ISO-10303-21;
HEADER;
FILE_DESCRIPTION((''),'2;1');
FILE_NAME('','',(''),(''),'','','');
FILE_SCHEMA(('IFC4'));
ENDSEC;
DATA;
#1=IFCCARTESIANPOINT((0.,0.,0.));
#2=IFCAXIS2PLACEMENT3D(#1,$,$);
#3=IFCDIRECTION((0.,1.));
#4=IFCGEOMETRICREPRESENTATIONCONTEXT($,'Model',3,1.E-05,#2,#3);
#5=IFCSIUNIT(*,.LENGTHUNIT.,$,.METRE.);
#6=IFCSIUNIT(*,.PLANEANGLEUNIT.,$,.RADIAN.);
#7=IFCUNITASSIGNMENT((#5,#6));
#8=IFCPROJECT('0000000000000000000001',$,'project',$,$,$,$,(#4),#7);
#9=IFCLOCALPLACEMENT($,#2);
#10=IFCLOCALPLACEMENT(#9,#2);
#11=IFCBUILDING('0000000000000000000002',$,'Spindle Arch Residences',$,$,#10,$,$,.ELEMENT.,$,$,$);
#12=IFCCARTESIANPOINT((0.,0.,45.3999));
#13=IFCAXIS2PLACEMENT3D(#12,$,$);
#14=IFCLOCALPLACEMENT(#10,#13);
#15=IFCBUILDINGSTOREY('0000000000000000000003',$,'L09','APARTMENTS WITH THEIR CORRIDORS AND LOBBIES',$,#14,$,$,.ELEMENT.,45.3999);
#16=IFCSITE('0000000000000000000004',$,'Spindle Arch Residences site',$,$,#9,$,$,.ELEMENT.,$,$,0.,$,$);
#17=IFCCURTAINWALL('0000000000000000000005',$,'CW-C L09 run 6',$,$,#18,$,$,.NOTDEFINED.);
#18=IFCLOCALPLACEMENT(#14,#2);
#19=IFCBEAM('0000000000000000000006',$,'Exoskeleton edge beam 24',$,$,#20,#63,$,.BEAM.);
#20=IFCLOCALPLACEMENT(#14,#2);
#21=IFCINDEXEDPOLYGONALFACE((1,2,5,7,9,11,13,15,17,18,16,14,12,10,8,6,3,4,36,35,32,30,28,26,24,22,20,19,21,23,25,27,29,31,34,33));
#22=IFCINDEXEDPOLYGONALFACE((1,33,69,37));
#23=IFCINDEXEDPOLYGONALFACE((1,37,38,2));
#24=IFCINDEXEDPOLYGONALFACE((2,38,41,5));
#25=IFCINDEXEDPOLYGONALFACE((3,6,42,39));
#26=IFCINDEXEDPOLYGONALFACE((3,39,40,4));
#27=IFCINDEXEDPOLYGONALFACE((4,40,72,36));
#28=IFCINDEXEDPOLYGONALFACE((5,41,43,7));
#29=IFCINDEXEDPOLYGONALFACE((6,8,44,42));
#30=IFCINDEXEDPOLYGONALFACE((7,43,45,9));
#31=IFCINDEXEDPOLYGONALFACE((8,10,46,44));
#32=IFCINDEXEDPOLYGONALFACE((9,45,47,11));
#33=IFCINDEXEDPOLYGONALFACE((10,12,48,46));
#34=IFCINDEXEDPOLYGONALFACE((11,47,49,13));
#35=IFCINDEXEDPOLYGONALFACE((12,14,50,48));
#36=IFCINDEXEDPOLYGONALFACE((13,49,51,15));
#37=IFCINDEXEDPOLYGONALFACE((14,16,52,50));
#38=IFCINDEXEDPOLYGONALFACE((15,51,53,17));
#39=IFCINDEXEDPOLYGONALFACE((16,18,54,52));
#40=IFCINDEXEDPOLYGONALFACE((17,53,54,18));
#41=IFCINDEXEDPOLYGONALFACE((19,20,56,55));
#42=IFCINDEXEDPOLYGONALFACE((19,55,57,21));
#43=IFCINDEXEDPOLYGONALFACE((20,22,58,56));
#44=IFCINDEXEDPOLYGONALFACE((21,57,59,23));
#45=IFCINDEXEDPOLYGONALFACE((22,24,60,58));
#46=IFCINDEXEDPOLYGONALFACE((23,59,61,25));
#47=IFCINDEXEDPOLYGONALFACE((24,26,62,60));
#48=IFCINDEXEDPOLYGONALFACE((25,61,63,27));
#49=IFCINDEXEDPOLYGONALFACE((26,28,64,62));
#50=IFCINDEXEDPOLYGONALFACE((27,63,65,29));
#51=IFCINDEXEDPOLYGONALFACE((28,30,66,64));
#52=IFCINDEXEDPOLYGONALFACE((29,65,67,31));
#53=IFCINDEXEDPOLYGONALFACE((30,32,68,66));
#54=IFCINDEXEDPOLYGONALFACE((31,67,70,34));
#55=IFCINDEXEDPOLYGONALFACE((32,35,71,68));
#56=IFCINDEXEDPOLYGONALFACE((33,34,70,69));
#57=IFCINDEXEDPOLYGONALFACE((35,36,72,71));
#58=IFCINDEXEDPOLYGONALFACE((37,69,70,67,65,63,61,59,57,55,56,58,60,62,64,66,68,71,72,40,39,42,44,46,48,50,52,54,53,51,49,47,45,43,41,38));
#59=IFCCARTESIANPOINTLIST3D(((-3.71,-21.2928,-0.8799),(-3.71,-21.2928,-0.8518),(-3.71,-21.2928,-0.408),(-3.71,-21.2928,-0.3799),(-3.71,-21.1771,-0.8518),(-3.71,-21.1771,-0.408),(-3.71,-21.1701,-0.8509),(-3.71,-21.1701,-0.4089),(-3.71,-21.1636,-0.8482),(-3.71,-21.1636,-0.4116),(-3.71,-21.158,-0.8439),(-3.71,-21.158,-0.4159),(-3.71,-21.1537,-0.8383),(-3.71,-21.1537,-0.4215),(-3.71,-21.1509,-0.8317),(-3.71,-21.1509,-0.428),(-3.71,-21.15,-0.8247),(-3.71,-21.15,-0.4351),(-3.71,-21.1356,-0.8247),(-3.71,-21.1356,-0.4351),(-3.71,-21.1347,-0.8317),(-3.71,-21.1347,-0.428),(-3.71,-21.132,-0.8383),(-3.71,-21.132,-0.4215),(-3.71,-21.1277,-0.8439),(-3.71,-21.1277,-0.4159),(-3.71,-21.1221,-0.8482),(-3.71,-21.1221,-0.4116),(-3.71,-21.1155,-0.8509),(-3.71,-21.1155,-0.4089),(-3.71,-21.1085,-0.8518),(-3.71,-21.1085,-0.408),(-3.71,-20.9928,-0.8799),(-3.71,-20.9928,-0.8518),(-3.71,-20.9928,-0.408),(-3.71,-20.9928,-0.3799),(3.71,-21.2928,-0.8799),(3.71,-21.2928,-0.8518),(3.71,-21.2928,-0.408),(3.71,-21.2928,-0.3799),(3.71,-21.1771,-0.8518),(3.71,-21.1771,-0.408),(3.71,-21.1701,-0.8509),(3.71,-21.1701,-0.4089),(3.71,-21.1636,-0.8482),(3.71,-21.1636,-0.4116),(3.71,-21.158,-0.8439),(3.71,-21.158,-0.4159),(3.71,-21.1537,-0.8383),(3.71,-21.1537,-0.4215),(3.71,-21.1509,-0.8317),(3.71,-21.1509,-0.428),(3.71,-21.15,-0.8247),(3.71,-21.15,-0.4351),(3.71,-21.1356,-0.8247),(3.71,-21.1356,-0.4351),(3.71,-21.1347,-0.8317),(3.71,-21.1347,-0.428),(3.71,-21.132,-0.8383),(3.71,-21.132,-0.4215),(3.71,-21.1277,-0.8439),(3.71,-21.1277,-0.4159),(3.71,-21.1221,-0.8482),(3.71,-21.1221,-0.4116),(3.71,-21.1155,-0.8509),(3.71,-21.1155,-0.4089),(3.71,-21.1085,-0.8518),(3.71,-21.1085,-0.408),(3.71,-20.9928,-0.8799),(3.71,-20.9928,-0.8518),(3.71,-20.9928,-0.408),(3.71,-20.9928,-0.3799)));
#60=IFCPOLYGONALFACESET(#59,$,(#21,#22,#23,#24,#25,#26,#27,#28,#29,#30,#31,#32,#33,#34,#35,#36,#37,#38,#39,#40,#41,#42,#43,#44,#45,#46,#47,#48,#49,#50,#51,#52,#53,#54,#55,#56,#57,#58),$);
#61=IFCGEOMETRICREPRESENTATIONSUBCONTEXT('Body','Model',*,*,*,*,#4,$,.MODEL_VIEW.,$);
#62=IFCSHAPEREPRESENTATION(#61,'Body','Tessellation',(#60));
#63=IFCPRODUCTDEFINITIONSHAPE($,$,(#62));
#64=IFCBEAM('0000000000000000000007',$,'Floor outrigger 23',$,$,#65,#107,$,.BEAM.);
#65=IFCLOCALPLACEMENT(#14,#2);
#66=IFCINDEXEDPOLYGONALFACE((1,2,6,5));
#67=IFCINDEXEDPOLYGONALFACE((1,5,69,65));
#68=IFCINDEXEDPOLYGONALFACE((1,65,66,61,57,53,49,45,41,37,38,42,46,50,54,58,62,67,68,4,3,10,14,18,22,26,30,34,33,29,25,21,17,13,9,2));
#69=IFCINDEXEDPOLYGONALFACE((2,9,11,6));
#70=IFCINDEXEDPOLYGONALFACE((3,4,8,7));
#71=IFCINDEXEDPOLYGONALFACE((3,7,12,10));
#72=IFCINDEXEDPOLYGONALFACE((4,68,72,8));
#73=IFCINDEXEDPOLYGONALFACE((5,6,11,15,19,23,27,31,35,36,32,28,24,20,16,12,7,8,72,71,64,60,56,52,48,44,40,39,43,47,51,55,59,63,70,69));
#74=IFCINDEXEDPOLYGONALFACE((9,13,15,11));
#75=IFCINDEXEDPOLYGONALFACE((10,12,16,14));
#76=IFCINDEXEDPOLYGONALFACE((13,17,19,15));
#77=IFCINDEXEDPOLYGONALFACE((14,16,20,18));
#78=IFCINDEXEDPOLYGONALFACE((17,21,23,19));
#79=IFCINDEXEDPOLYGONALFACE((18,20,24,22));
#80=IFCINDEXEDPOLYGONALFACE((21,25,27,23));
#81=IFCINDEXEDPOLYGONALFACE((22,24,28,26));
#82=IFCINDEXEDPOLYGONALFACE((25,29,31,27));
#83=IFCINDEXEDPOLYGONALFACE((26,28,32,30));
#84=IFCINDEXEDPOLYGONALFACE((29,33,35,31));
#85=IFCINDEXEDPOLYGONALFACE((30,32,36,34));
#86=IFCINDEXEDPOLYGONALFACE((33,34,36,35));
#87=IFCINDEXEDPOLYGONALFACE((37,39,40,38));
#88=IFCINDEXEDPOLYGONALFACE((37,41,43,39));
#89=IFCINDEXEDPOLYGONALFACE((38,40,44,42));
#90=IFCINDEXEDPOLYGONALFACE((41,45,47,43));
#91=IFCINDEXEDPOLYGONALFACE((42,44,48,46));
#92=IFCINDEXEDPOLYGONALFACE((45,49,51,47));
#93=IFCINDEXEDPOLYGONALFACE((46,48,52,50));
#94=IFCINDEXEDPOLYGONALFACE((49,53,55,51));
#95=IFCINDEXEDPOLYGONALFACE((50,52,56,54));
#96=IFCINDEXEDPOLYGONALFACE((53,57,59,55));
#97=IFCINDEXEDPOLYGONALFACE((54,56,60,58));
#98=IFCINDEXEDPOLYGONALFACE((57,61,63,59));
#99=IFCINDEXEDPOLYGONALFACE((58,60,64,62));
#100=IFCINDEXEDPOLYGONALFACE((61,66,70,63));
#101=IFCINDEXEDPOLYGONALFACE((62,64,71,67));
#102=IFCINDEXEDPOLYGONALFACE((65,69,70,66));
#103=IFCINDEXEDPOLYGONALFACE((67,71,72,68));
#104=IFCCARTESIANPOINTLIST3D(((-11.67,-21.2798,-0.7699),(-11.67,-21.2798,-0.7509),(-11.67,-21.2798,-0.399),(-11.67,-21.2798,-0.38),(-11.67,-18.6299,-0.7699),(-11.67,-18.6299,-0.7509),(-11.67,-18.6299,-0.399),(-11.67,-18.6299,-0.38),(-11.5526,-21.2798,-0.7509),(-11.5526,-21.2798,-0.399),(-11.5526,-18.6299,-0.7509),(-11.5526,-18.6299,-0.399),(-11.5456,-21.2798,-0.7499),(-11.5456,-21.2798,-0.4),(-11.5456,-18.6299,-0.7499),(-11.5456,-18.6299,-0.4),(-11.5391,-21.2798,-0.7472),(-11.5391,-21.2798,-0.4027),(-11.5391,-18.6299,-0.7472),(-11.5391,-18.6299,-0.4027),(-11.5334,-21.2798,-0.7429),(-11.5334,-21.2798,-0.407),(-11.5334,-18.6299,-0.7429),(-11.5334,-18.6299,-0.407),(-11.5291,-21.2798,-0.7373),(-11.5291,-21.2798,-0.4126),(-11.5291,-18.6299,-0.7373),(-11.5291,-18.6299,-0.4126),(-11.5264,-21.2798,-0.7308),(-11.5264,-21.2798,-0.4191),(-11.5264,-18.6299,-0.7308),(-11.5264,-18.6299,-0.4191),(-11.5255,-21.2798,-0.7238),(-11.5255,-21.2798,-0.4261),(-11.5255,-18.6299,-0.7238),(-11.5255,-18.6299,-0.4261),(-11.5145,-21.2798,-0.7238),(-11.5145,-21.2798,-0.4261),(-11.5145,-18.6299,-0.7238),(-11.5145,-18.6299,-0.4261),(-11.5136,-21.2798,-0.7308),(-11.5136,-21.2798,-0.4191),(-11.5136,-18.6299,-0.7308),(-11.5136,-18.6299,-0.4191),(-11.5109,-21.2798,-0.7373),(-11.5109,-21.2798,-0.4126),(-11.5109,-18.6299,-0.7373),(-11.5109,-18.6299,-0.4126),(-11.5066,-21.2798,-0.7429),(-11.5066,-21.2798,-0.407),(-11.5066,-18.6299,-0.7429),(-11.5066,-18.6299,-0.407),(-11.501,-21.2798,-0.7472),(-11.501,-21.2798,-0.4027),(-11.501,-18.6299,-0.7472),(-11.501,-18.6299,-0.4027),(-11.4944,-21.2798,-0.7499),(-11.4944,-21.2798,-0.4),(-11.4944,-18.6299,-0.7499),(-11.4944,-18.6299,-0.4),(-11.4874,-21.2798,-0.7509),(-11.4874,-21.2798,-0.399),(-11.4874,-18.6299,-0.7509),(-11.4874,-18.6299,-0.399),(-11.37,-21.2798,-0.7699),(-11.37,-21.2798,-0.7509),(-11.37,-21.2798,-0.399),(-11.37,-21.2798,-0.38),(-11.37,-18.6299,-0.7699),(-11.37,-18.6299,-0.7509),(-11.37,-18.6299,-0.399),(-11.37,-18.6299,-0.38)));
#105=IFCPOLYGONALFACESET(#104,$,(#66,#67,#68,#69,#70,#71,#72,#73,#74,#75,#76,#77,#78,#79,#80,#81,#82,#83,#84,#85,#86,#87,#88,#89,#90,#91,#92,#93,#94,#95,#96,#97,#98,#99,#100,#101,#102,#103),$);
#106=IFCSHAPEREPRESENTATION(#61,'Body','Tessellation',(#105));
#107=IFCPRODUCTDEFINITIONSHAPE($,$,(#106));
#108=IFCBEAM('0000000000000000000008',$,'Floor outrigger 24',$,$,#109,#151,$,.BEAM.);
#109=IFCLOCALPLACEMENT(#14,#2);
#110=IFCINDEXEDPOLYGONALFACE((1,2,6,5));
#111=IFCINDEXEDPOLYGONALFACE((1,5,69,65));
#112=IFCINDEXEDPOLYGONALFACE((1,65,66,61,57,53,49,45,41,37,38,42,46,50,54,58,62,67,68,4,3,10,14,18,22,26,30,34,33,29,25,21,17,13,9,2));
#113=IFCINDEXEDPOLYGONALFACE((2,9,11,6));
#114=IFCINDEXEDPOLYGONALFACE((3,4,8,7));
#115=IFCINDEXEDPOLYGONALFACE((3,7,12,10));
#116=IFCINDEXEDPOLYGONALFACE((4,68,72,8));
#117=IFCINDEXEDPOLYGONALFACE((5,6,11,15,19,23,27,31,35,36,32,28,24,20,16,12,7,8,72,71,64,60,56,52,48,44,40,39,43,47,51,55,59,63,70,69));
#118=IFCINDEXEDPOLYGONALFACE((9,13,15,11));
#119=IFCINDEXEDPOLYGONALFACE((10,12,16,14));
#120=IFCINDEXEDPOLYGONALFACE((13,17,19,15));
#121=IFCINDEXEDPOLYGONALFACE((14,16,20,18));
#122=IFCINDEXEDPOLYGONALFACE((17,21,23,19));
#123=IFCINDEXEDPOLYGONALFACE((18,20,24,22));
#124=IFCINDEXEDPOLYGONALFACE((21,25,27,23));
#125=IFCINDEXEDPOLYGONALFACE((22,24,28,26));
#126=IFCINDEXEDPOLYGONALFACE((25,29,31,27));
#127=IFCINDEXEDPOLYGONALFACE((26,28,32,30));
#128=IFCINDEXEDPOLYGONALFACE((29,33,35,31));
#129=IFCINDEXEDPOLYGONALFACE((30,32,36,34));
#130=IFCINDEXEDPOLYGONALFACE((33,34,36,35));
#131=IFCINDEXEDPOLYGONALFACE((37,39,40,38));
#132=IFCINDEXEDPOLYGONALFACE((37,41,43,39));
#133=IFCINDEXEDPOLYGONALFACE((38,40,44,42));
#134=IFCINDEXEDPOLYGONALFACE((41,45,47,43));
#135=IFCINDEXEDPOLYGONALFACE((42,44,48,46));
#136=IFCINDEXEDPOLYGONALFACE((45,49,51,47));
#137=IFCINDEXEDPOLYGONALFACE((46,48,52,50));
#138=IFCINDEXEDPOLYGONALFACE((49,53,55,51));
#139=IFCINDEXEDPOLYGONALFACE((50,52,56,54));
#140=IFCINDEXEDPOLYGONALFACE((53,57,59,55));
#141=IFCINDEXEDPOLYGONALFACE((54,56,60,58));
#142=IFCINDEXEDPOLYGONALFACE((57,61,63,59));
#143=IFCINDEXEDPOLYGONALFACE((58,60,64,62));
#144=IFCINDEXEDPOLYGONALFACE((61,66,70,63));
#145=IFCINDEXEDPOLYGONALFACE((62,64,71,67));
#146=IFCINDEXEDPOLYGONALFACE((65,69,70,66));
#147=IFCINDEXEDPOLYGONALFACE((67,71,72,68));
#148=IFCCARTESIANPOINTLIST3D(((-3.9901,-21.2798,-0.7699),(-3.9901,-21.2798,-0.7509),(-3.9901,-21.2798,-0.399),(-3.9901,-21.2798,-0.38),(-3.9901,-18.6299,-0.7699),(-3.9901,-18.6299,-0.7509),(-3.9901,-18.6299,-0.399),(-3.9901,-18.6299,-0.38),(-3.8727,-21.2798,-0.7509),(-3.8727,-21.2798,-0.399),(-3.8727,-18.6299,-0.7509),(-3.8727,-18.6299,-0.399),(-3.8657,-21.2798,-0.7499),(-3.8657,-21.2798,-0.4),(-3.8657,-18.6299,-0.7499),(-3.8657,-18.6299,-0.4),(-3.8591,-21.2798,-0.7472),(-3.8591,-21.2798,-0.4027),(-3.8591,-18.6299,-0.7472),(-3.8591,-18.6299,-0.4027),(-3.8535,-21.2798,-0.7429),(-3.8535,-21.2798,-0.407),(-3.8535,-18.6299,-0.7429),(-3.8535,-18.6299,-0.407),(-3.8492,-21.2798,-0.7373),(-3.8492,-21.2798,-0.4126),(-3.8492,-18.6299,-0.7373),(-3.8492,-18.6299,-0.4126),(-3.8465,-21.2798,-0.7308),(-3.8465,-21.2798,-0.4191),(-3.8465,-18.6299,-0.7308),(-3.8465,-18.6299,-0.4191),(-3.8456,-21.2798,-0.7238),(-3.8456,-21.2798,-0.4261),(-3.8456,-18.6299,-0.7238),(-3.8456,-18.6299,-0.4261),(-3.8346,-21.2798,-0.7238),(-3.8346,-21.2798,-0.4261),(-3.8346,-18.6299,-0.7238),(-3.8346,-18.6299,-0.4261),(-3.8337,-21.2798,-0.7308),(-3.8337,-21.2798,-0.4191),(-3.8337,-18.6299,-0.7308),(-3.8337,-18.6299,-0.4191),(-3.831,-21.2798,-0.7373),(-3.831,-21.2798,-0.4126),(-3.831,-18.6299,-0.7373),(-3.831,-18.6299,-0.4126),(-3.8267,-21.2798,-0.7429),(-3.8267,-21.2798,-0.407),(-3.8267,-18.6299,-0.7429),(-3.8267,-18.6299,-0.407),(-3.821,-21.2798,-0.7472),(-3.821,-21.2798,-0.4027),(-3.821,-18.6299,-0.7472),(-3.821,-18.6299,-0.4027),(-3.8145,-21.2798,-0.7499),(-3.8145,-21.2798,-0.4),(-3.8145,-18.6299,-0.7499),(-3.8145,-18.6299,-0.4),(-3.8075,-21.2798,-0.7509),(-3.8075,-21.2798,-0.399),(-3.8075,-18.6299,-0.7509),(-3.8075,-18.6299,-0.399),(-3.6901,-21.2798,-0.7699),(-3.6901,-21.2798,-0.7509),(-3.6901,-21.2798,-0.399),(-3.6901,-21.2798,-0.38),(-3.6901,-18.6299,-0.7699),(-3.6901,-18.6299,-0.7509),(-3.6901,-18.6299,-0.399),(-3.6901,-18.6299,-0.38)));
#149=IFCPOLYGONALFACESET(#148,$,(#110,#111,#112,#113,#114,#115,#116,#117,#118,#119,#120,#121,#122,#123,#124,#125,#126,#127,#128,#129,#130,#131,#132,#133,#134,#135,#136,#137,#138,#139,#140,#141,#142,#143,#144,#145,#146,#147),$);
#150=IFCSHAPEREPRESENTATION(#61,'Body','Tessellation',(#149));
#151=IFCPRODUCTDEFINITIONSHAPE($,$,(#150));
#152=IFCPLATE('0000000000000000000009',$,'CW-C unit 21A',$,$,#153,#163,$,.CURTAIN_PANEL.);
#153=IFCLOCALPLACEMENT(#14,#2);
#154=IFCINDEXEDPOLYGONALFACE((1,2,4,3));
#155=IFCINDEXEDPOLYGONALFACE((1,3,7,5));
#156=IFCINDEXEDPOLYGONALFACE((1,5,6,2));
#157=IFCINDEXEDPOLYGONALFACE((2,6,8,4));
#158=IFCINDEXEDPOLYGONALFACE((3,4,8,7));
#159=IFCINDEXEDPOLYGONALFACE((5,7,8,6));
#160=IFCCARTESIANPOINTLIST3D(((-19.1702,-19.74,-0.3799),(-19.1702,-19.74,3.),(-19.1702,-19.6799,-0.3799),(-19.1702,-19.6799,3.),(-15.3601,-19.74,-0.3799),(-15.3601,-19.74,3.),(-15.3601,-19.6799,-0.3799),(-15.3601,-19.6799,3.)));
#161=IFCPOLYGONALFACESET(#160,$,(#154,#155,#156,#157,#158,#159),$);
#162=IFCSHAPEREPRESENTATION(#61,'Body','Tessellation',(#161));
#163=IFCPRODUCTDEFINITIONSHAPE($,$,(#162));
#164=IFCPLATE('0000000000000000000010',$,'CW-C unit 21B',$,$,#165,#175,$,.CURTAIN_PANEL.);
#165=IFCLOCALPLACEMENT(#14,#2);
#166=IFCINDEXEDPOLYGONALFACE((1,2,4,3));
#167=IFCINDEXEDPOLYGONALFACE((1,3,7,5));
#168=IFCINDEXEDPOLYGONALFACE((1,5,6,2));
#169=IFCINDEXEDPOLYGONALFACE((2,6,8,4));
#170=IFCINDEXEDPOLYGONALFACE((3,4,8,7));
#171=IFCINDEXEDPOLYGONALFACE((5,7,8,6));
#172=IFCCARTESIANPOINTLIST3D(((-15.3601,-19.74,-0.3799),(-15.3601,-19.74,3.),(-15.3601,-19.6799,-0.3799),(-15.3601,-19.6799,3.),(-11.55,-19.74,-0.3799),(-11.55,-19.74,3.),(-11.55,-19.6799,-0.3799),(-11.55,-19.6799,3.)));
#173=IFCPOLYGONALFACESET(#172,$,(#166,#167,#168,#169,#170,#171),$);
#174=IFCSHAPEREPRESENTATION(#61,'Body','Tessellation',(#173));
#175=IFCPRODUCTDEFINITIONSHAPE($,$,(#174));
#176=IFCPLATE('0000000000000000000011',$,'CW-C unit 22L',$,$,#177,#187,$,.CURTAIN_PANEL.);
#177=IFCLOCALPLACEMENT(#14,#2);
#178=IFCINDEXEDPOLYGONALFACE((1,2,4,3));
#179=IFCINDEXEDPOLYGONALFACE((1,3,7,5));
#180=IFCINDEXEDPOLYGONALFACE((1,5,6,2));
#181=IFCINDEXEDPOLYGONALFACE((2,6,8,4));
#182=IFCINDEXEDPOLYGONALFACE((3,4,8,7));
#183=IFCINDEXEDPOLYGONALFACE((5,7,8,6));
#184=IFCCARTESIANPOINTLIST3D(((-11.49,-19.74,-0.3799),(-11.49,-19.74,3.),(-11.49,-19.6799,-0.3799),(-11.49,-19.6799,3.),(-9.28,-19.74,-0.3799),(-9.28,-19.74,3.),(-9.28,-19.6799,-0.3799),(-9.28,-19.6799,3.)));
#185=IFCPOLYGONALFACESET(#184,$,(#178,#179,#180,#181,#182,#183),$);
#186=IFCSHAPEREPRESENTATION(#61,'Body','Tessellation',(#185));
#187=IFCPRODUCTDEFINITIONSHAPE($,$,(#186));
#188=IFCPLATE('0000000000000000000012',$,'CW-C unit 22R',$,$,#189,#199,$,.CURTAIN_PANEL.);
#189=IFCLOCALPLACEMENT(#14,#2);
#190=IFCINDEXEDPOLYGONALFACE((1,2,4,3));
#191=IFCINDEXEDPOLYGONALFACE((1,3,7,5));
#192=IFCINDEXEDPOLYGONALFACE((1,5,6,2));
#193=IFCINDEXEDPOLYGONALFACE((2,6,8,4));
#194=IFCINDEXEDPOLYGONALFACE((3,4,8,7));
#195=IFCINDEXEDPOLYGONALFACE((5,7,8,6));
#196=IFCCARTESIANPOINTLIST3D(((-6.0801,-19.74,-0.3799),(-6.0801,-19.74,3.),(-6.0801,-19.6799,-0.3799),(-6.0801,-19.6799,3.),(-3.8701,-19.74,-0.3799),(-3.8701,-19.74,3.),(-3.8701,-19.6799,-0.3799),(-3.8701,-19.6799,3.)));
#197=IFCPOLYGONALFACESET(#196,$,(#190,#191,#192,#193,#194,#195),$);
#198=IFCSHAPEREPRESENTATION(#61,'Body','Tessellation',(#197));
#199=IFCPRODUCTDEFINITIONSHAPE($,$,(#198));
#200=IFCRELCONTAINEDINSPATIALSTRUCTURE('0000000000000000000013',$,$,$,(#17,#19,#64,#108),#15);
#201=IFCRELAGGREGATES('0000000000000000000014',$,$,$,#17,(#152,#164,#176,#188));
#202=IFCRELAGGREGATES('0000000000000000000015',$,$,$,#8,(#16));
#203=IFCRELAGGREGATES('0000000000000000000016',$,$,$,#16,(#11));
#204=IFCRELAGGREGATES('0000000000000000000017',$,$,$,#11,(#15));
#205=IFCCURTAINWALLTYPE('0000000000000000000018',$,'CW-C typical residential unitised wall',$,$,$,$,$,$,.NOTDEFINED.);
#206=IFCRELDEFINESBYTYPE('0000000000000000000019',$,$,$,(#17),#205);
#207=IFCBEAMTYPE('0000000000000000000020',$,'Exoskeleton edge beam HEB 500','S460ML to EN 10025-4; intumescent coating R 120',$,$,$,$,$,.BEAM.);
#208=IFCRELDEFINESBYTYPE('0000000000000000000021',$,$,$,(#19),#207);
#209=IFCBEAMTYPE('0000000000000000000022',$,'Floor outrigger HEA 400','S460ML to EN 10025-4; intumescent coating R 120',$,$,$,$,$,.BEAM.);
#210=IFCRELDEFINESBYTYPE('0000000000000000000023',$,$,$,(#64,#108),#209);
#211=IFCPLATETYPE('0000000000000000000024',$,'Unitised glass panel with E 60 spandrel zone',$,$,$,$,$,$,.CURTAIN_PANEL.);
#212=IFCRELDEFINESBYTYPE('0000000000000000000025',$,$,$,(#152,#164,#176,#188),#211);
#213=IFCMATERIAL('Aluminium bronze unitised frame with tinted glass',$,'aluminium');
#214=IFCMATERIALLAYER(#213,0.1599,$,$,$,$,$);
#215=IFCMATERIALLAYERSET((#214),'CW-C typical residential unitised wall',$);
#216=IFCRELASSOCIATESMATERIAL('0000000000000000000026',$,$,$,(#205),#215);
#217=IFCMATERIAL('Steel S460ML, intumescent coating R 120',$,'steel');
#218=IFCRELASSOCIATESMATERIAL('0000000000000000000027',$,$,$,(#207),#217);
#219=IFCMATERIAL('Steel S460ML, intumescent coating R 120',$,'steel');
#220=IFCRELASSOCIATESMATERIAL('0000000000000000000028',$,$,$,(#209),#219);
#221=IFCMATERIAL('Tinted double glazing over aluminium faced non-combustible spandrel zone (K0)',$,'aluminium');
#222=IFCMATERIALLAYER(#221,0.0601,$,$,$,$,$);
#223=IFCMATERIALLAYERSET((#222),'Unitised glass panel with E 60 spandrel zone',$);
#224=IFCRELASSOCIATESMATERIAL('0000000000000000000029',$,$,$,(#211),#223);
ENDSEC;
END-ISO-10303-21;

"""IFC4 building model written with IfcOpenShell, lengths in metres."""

from ifc_helpers import new_model, si_unit, direction, frame, origin, origin_2d, place, context, subcontext, project, spatial, rectangle, i_section, extrude, material, layer, layer_set, material_profile, profile_set, type_object, element, aggregate, save


model = new_model("IFC4")

# Units and contexts
model_context = context("Model", 3, precision=1e-05, world=origin(), true_north=direction((0.0, 1.0)))
body_context = subcontext(model_context, "Body", "Model", "MODEL_VIEW")
ifc_project = project(units=[si_unit("LENGTHUNIT", "METRE"), si_unit("PLANEANGLEUNIT", "RADIAN")], contexts=[model_context])

# Site, building, storey
site_placement = place(None, origin())
site = spatial("IfcSite", under=ifc_project, at=site_placement, Name="Spindle Arch Residences site", CompositionType="ELEMENT", RefElevation=0.0)
building_placement = place(site_placement, origin())
building = spatial("IfcBuilding", under=site, at=building_placement, Name="Spindle Arch Residences", CompositionType="ELEMENT")
storey_placement = place(building_placement, frame((0.0, 0.0, 45.3999)))
storey = spatial("IfcBuildingStorey", under=building, at=storey_placement, Name="L09", Description="APARTMENTS WITH THEIR CORRIDORS AND LOBBIES", CompositionType="ELEMENT", Elevation=45.3999)

# Curtain wall
ifc_material_1 = material(Name="Aluminium bronze unitised frame with tinted glass", Category="aluminium")
ifc_layer_1 = layer(ifc_material_1, 0.1599)
ifc_layer_set_1 = layer_set([ifc_layer_1], Name="CW-C typical residential unitised wall")
curtain_wall_type = type_object("IfcCurtainWallType", Name="CW-C typical residential unitised wall", PredefinedType="NOTDEFINED", material=ifc_layer_set_1)
curtain_wall_placement = place(storey_placement, origin())
curtain_wall = element("IfcCurtainWall", 1, at=curtain_wall_placement, inside=storey, type_object=curtain_wall_type, Name="CW-C L09 run 6", PredefinedType="NOTDEFINED")

# Beams
ifc_material_2 = material(Name="Steel S460ML, intumescent coating R 120", Category="steel")
ifc_material_profile_1 = material_profile(ifc_material_2, i_section(OverallWidth=0.3, OverallDepth=0.5, WebThickness=0.0144, FlangeThickness=0.0281, FilletRadius=0.0271, at=origin_2d()), Name="HEB 500")
ifc_profile_set_1 = profile_set([ifc_material_profile_1], Name="Steel S460ML, intumescent coating R 120")
beam_type_1 = type_object("IfcBeamType", Name="Exoskeleton edge beam HEB 500", Description="S460ML to EN 10025-4; intumescent coating R 120", PredefinedType="BEAM", material=ifc_profile_set_1)
beam_1_placement = place(storey_placement, frame((-3.71, -21.1428, -0.6299), z_axis=(1.0, 0.0, 0.0), x_axis=(0.0, 1.0, 0.0)))
element("IfcBeam", 2, at=beam_1_placement, inside=storey, type_object=beam_type_1, Name="Exoskeleton edge beam 24", PredefinedType="BEAM", context=body_context, shape_type="SweptSolid", body=[
    extrude(i_section(OverallWidth=0.3, OverallDepth=0.5, WebThickness=0.0144, FlangeThickness=0.0281, FilletRadius=0.0271, at=origin_2d()), origin(), (0.0, 0.0, 1.0), 7.4199),
])
ifc_material_3 = material(Name="Steel S460ML, intumescent coating R 120", Category="steel")
ifc_material_profile_2 = material_profile(ifc_material_3, i_section(OverallWidth=0.3, OverallDepth=0.3899, WebThickness=0.011, FlangeThickness=0.019, FilletRadius=0.0271, at=origin_2d()), Name="HEA 400")
ifc_profile_set_2 = profile_set([ifc_material_profile_2], Name="Steel S460ML, intumescent coating R 120")
beam_type_2 = type_object("IfcBeamType", Name="Floor outrigger HEA 400", Description="S460ML to EN 10025-4; intumescent coating R 120", PredefinedType="BEAM", material=ifc_profile_set_2)
for number, where, z_axis, x_axis, name in (
    (3, (-11.52, -21.2798, -0.575), (0.0, 1.0, 0.0), (-1.0, 0.0, 0.0), "Floor outrigger 23"),
    (4, (-3.8401, -21.2798, -0.575), (0.0, 1.0, 0.0), (-1.0, 0.0, 0.0), "Floor outrigger 24"),
):
    element("IfcBeam", number, at=place(storey_placement, frame(where, z_axis=z_axis, x_axis=x_axis)), inside=storey, type_object=beam_type_2, Name=name, PredefinedType="BEAM", context=body_context, shape_type="SweptSolid", body=[
        extrude(i_section(OverallWidth=0.3, OverallDepth=0.3899, WebThickness=0.011, FlangeThickness=0.019, FilletRadius=0.0271, at=origin_2d()), origin(), (0.0, 0.0, 1.0), 2.6499),
    ])

# Plates
ifc_material_4 = material(Name="Tinted double glazing over aluminium faced non-combustible spandrel zone (K0)", Category="aluminium")
ifc_layer_2 = layer(ifc_material_4, 0.0601)
ifc_layer_set_2 = layer_set([ifc_layer_2], Name="Unitised glass panel with E 60 spandrel zone")
plate_type = type_object("IfcPlateType", Name="Unitised glass panel with E 60 spandrel zone", PredefinedType="CURTAIN_PANEL", material=ifc_layer_set_2)
plate_1_placement = place(storey_placement, frame((-17.2651, -19.71, -0.3799), z_axis=(0.0, 0.0, 1.0), x_axis=(1.0, 0.0, 0.0)))
plate_1 = element("IfcPlate", 5, at=plate_1_placement, type_object=plate_type, Name="CW-C unit 21A", PredefinedType="CURTAIN_PANEL", context=body_context, shape_type="SweptSolid", body=[
    extrude(rectangle(XDim=3.8101, YDim=0.0601, at=origin_2d()), origin(), (0.0, 0.0, 1.0), 3.3799),
])
plate_2_placement = place(storey_placement, frame((-13.4551, -19.71, -0.3799), z_axis=(0.0, 0.0, 1.0), x_axis=(1.0, 0.0, 0.0)))
plate_2 = element("IfcPlate", 6, at=plate_2_placement, type_object=plate_type, Name="CW-C unit 21B", PredefinedType="CURTAIN_PANEL", context=body_context, shape_type="SweptSolid", body=[
    extrude(rectangle(XDim=3.8101, YDim=0.0601, at=origin_2d()), origin(), (0.0, 0.0, 1.0), 3.3799),
])
plate_3_placement = place(storey_placement, frame((-10.385, -19.71, -0.3799), z_axis=(0.0, 0.0, 1.0), x_axis=(1.0, 0.0, 0.0)))
plate_3 = element("IfcPlate", 7, at=plate_3_placement, type_object=plate_type, Name="CW-C unit 22L", PredefinedType="CURTAIN_PANEL", context=body_context, shape_type="SweptSolid", body=[
    extrude(rectangle(XDim=2.21, YDim=0.0601, at=origin_2d()), origin(), (0.0, 0.0, 1.0), 3.3799),
])
plate_4_placement = place(storey_placement, frame((-4.9751, -19.71, -0.3799), z_axis=(0.0, 0.0, 1.0), x_axis=(1.0, 0.0, 0.0)))
plate_4 = element("IfcPlate", 8, at=plate_4_placement, type_object=plate_type, Name="CW-C unit 22R", PredefinedType="CURTAIN_PANEL", context=body_context, shape_type="SweptSolid", body=[
    extrude(rectangle(XDim=2.21, YDim=0.0601, at=origin_2d()), origin(), (0.0, 0.0, 1.0), 3.3799),
])
aggregate(curtain_wall, [plate_1, plate_2, plate_3, plate_4])

save(model, "model.ifc")
